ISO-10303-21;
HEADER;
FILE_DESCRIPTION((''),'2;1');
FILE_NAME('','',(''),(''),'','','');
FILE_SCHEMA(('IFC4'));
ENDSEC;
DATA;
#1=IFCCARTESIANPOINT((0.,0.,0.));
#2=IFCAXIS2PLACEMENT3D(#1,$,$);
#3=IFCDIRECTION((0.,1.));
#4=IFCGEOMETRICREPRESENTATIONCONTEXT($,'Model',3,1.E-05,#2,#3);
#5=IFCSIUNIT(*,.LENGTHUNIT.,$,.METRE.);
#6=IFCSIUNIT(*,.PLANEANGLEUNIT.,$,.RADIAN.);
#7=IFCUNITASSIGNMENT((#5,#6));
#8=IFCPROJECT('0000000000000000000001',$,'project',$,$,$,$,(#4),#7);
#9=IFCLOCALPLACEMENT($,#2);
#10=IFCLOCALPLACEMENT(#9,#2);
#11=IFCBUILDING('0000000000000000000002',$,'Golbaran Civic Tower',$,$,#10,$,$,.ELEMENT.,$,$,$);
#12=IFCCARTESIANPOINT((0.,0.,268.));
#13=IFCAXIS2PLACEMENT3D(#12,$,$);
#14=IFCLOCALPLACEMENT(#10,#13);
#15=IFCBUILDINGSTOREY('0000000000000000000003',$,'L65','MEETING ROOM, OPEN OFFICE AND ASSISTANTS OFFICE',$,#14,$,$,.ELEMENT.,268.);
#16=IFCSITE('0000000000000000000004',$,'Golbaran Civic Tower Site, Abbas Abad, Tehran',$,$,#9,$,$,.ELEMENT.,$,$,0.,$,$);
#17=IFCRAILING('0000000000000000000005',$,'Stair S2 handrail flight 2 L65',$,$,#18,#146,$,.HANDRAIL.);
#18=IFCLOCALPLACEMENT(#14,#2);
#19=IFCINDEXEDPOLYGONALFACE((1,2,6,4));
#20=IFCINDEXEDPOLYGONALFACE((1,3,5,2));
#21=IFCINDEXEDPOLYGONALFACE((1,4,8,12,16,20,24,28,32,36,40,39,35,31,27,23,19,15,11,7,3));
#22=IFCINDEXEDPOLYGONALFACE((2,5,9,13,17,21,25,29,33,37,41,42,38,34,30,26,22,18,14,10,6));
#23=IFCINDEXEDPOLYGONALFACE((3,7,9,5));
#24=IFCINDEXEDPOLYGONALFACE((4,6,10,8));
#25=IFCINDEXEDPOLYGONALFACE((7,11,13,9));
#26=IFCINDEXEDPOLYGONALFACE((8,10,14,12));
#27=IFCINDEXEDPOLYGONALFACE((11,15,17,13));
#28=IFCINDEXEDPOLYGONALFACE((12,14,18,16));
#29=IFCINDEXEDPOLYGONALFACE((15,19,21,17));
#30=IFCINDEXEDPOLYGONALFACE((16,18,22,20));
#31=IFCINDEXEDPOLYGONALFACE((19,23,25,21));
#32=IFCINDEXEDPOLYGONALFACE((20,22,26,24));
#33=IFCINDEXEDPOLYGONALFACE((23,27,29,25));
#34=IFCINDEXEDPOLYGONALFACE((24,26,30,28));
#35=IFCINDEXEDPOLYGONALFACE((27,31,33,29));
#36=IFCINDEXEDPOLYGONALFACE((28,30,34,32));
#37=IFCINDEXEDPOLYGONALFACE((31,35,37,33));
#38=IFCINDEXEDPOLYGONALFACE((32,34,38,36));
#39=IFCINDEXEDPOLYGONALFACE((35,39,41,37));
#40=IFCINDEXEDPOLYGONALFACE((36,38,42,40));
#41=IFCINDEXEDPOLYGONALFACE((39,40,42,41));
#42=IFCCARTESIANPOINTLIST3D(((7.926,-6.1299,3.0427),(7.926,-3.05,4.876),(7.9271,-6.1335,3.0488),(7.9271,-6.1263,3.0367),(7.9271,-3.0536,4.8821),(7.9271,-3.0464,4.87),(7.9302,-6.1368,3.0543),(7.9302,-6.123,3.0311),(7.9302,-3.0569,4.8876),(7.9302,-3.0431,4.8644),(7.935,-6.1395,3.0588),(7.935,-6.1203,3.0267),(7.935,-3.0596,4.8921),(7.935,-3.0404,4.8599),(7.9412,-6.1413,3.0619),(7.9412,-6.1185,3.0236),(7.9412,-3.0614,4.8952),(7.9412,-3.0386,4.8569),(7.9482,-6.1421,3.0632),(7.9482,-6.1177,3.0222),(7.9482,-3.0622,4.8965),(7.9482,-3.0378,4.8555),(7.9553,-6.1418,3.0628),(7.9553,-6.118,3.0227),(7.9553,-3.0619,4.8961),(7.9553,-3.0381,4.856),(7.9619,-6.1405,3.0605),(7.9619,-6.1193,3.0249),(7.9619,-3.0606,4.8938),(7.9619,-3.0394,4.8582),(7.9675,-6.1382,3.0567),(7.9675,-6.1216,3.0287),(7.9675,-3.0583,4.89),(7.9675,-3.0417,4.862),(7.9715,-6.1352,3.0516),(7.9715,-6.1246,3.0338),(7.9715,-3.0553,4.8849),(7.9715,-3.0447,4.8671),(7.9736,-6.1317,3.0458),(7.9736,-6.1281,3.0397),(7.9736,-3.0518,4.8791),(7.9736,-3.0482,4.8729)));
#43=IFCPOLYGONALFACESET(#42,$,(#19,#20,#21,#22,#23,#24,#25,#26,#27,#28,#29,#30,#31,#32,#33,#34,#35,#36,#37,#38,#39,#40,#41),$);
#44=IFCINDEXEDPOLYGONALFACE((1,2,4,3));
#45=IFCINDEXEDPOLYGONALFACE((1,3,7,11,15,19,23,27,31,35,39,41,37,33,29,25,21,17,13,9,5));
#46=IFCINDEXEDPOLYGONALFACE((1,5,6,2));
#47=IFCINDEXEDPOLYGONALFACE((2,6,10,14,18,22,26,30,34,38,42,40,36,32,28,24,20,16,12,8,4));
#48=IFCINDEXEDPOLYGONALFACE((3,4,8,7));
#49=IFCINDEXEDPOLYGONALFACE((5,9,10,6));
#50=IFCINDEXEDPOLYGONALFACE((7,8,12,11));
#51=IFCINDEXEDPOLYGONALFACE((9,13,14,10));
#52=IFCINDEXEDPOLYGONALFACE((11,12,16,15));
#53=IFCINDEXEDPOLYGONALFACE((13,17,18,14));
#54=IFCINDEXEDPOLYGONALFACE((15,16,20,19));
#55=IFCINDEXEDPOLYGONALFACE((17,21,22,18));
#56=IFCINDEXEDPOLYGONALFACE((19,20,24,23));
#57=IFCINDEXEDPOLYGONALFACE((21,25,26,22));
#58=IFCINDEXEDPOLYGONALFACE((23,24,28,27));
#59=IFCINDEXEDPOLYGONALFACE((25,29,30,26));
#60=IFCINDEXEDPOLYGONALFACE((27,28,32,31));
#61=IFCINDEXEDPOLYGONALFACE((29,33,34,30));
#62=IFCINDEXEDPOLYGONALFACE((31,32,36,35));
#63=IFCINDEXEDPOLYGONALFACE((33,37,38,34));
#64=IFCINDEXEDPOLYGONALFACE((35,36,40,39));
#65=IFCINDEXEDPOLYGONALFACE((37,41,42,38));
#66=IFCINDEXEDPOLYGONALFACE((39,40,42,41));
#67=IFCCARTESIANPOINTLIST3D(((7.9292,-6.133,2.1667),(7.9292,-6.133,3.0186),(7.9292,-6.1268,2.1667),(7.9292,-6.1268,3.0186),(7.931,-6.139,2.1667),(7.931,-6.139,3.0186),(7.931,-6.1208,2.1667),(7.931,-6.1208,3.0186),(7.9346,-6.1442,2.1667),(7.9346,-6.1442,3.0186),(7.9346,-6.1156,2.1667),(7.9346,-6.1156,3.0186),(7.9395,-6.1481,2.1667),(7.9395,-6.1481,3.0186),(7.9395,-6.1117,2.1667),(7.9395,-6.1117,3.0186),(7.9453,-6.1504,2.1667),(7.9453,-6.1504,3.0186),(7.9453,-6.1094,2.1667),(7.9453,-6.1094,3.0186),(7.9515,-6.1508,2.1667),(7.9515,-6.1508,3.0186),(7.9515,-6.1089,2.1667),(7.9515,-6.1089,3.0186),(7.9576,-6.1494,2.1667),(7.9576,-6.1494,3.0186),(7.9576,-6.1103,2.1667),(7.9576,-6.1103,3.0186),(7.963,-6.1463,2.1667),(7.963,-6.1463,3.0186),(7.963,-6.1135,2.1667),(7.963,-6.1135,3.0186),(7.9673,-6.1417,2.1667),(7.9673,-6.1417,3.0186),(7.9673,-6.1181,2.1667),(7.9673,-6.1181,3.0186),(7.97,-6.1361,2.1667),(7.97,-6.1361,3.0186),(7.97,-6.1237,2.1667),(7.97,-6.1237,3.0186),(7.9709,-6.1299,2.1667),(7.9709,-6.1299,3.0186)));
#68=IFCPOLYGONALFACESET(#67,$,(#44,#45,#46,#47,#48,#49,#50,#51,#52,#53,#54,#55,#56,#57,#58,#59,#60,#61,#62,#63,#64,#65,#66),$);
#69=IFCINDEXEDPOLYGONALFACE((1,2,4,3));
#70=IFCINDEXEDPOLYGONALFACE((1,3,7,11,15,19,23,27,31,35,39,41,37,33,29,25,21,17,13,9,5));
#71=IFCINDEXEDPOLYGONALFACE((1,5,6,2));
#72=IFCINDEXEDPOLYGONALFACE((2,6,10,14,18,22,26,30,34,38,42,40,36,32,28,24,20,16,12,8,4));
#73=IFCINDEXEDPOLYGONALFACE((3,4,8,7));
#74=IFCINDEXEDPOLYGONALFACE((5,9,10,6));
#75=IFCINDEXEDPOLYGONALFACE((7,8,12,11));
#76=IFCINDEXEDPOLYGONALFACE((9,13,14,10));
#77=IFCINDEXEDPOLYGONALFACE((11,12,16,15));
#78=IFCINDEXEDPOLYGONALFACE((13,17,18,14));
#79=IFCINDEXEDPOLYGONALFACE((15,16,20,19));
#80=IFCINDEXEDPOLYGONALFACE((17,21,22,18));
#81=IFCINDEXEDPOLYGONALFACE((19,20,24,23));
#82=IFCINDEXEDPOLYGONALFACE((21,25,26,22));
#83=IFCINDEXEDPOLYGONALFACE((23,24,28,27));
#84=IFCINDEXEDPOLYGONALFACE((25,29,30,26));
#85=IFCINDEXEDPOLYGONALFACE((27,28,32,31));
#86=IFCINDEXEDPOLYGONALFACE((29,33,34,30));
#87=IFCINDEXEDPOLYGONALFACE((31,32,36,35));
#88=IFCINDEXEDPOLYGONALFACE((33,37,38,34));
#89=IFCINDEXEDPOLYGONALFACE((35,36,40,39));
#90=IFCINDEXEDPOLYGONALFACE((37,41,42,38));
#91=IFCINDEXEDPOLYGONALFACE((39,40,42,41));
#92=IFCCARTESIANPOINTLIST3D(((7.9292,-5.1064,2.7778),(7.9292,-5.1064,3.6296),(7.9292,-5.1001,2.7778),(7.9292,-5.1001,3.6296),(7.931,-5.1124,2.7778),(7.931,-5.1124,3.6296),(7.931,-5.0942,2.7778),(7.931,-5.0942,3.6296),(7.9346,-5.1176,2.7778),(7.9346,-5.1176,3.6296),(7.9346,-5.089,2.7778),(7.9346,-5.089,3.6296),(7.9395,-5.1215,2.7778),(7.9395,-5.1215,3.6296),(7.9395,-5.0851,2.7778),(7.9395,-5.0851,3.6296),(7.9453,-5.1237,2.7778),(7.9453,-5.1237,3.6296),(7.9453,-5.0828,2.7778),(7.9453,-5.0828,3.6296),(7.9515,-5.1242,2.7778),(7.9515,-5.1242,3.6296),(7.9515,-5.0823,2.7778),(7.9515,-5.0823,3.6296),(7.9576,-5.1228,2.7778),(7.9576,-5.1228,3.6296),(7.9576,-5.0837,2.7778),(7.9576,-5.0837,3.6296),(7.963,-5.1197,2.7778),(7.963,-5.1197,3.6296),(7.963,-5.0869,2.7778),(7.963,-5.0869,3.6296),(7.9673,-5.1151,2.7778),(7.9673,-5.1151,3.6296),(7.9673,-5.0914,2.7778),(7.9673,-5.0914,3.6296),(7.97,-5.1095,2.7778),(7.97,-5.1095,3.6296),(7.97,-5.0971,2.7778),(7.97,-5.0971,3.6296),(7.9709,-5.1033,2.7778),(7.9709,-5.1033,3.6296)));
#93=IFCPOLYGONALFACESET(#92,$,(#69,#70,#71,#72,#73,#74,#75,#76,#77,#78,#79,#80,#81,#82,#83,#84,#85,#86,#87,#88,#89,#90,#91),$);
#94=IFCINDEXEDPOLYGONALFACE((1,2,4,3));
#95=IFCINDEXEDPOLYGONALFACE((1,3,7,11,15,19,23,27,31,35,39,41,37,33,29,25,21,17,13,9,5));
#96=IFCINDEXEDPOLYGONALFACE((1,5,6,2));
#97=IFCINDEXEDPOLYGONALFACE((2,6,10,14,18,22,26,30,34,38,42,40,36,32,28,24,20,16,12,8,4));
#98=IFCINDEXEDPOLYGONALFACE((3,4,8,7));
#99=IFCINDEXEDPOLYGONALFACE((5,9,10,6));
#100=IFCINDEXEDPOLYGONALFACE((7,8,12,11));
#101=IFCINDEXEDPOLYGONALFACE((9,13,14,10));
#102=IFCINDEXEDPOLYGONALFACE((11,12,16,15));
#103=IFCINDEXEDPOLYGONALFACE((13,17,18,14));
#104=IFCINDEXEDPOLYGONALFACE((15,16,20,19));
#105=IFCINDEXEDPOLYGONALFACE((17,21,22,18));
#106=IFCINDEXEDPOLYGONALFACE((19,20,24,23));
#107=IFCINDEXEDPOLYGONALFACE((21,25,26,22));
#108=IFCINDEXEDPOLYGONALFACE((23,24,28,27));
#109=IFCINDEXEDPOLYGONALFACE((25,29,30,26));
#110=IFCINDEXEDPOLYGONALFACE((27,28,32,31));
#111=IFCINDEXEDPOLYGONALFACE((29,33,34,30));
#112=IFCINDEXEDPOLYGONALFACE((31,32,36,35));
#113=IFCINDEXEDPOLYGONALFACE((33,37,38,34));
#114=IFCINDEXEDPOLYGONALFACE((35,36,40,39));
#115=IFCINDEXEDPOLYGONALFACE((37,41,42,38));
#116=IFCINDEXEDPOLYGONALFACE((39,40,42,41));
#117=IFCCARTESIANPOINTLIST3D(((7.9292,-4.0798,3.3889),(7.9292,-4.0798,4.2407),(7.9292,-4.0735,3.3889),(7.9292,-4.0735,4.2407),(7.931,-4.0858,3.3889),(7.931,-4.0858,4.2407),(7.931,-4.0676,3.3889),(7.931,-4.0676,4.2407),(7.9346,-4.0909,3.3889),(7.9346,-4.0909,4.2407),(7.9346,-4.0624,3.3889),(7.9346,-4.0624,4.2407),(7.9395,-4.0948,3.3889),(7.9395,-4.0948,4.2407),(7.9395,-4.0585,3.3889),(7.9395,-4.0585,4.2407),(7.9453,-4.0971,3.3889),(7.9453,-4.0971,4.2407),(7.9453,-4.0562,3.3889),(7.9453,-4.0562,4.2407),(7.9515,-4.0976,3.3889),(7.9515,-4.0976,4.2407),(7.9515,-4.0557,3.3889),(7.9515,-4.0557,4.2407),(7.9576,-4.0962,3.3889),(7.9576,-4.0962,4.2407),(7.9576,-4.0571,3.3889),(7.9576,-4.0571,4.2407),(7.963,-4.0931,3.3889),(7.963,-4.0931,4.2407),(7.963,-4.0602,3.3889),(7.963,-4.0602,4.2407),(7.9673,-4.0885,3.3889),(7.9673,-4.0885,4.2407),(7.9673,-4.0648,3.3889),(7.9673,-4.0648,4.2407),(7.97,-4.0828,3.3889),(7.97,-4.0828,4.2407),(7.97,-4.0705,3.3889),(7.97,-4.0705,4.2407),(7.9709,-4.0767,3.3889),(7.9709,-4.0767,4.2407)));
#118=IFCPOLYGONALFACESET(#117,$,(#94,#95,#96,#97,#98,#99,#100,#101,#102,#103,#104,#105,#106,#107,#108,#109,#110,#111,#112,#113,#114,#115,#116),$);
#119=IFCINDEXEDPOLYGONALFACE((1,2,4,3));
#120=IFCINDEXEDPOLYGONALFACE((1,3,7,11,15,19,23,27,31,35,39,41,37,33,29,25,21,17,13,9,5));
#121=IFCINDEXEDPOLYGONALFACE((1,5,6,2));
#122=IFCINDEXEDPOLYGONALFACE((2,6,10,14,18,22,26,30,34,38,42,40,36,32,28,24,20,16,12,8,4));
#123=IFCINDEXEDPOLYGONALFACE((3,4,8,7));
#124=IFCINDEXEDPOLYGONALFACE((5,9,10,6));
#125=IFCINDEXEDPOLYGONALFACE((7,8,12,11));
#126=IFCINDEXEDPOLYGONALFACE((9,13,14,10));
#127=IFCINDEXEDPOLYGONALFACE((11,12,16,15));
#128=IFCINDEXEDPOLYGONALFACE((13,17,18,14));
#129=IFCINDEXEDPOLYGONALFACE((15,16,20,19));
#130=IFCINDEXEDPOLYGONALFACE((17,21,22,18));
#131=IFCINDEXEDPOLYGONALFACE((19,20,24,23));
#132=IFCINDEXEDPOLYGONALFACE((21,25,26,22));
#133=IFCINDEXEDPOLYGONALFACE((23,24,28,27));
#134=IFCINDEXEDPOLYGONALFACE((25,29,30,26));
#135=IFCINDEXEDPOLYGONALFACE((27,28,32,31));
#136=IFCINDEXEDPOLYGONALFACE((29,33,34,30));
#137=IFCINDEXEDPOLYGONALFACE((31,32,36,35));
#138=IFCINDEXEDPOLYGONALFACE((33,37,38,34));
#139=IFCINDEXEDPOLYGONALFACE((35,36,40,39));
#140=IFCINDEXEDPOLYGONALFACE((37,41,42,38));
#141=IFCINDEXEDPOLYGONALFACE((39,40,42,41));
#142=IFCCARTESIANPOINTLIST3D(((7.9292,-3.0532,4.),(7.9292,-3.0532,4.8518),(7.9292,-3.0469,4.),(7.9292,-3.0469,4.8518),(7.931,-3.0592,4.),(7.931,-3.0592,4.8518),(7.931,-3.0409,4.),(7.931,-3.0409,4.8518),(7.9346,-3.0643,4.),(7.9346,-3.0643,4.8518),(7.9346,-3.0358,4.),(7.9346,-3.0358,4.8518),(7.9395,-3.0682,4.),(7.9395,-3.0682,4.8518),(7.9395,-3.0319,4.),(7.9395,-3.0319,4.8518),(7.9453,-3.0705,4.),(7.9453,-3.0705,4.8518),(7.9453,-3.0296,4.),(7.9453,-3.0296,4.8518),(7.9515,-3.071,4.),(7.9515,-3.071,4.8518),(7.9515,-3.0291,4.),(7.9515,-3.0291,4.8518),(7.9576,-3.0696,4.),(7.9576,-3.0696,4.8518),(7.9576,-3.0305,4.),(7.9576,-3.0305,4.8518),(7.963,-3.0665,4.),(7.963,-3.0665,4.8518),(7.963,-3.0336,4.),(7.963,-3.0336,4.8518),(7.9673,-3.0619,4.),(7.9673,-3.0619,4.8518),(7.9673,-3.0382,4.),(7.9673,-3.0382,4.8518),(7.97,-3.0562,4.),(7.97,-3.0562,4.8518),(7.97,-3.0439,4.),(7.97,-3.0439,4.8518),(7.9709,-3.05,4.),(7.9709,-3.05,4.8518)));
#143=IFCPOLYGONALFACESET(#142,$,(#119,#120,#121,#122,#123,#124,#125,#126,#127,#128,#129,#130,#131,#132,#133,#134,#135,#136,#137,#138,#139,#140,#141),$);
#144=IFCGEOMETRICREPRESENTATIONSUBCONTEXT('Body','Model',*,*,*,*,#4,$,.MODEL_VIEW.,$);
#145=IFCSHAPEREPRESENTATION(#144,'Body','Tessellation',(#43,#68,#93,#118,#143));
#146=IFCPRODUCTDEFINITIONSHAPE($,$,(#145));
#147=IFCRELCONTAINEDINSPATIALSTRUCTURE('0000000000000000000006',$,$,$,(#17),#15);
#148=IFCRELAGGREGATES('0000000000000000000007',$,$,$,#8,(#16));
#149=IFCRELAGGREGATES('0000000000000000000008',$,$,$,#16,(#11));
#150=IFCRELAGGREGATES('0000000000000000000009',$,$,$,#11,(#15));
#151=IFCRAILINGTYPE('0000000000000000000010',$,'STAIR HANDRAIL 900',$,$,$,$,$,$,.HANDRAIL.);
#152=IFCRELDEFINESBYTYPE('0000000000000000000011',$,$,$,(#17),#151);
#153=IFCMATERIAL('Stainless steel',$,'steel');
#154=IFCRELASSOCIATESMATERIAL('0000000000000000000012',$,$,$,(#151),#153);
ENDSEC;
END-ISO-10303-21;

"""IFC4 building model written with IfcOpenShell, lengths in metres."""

from ifc_helpers import new_model, si_unit, direction, frame, origin, origin_2d, place, context, subcontext, project, spatial, circle, extrude, material, type_object, element, save


model = new_model("IFC4")

# Units and contexts
model_context = context("Model", 3, precision=1e-05, world=origin(), true_north=direction((0.0, 1.0)))
body_context = subcontext(model_context, "Body", "Model", "MODEL_VIEW")
ifc_project = project(units=[si_unit("LENGTHUNIT", "METRE"), si_unit("PLANEANGLEUNIT", "RADIAN")], contexts=[model_context])

# Site, building, storey
site_placement = place(None, origin())
site = spatial("IfcSite", under=ifc_project, at=site_placement, Name="Golbaran Civic Tower Site, Abbas Abad, Tehran", CompositionType="ELEMENT", RefElevation=0.0)
building_placement = place(site_placement, origin())
building = spatial("IfcBuilding", under=site, at=building_placement, Name="Golbaran Civic Tower", CompositionType="ELEMENT")
storey_placement = place(building_placement, frame((0.0, 0.0, 268.0)))
storey = spatial("IfcBuildingStorey", under=building, at=storey_placement, Name="L65", Description="MEETING ROOM, OPEN OFFICE AND ASSISTANTS OFFICE", CompositionType="ELEMENT", Elevation=268.0)

# Shared definitions
ifc_material_1 = material(Name="Stainless steel", Category="steel")

# Railing
railing_type = type_object("IfcRailingType", Name="STAIR HANDRAIL 900", PredefinedType="HANDRAIL", material=ifc_material_1)
railing_1_placement = place(storey_placement, frame((7.95, -6.1299, 2.1667)))
element("IfcRailing", 1, at=railing_1_placement, inside=storey, type_object=railing_type, Name="Stair S2 handrail flight 2 L65", PredefinedType="HANDRAIL", context=body_context, shape_type="SweptSolid", body=[
    extrude(circle(Radius=0.0239, at=origin_2d()), frame((0.0, 0.0, 0.876), z_axis=(0.0, 0.859291, 0.511487), x_axis=(-1.0, 0.0, 0.0)), (0.0, 0.0, 1.0), 3.5842),
    extrude(circle(Radius=0.021, at=origin_2d()), origin(), (0.0, 0.0, 1.0), 0.8518),
    extrude(circle(Radius=0.021, at=origin_2d()), frame((0.0, 1.0266, 0.6111)), (0.0, 0.0, 1.0), 0.8518),
    extrude(circle(Radius=0.021, at=origin_2d()), frame((0.0, 2.0532, 1.2222)), (0.0, 0.0, 1.0), 0.8518),
    extrude(circle(Radius=0.021, at=origin_2d()), frame((0.0, 3.0798, 1.8333)), (0.0, 0.0, 1.0), 0.8518),
])

save(model, "model.ifc")
